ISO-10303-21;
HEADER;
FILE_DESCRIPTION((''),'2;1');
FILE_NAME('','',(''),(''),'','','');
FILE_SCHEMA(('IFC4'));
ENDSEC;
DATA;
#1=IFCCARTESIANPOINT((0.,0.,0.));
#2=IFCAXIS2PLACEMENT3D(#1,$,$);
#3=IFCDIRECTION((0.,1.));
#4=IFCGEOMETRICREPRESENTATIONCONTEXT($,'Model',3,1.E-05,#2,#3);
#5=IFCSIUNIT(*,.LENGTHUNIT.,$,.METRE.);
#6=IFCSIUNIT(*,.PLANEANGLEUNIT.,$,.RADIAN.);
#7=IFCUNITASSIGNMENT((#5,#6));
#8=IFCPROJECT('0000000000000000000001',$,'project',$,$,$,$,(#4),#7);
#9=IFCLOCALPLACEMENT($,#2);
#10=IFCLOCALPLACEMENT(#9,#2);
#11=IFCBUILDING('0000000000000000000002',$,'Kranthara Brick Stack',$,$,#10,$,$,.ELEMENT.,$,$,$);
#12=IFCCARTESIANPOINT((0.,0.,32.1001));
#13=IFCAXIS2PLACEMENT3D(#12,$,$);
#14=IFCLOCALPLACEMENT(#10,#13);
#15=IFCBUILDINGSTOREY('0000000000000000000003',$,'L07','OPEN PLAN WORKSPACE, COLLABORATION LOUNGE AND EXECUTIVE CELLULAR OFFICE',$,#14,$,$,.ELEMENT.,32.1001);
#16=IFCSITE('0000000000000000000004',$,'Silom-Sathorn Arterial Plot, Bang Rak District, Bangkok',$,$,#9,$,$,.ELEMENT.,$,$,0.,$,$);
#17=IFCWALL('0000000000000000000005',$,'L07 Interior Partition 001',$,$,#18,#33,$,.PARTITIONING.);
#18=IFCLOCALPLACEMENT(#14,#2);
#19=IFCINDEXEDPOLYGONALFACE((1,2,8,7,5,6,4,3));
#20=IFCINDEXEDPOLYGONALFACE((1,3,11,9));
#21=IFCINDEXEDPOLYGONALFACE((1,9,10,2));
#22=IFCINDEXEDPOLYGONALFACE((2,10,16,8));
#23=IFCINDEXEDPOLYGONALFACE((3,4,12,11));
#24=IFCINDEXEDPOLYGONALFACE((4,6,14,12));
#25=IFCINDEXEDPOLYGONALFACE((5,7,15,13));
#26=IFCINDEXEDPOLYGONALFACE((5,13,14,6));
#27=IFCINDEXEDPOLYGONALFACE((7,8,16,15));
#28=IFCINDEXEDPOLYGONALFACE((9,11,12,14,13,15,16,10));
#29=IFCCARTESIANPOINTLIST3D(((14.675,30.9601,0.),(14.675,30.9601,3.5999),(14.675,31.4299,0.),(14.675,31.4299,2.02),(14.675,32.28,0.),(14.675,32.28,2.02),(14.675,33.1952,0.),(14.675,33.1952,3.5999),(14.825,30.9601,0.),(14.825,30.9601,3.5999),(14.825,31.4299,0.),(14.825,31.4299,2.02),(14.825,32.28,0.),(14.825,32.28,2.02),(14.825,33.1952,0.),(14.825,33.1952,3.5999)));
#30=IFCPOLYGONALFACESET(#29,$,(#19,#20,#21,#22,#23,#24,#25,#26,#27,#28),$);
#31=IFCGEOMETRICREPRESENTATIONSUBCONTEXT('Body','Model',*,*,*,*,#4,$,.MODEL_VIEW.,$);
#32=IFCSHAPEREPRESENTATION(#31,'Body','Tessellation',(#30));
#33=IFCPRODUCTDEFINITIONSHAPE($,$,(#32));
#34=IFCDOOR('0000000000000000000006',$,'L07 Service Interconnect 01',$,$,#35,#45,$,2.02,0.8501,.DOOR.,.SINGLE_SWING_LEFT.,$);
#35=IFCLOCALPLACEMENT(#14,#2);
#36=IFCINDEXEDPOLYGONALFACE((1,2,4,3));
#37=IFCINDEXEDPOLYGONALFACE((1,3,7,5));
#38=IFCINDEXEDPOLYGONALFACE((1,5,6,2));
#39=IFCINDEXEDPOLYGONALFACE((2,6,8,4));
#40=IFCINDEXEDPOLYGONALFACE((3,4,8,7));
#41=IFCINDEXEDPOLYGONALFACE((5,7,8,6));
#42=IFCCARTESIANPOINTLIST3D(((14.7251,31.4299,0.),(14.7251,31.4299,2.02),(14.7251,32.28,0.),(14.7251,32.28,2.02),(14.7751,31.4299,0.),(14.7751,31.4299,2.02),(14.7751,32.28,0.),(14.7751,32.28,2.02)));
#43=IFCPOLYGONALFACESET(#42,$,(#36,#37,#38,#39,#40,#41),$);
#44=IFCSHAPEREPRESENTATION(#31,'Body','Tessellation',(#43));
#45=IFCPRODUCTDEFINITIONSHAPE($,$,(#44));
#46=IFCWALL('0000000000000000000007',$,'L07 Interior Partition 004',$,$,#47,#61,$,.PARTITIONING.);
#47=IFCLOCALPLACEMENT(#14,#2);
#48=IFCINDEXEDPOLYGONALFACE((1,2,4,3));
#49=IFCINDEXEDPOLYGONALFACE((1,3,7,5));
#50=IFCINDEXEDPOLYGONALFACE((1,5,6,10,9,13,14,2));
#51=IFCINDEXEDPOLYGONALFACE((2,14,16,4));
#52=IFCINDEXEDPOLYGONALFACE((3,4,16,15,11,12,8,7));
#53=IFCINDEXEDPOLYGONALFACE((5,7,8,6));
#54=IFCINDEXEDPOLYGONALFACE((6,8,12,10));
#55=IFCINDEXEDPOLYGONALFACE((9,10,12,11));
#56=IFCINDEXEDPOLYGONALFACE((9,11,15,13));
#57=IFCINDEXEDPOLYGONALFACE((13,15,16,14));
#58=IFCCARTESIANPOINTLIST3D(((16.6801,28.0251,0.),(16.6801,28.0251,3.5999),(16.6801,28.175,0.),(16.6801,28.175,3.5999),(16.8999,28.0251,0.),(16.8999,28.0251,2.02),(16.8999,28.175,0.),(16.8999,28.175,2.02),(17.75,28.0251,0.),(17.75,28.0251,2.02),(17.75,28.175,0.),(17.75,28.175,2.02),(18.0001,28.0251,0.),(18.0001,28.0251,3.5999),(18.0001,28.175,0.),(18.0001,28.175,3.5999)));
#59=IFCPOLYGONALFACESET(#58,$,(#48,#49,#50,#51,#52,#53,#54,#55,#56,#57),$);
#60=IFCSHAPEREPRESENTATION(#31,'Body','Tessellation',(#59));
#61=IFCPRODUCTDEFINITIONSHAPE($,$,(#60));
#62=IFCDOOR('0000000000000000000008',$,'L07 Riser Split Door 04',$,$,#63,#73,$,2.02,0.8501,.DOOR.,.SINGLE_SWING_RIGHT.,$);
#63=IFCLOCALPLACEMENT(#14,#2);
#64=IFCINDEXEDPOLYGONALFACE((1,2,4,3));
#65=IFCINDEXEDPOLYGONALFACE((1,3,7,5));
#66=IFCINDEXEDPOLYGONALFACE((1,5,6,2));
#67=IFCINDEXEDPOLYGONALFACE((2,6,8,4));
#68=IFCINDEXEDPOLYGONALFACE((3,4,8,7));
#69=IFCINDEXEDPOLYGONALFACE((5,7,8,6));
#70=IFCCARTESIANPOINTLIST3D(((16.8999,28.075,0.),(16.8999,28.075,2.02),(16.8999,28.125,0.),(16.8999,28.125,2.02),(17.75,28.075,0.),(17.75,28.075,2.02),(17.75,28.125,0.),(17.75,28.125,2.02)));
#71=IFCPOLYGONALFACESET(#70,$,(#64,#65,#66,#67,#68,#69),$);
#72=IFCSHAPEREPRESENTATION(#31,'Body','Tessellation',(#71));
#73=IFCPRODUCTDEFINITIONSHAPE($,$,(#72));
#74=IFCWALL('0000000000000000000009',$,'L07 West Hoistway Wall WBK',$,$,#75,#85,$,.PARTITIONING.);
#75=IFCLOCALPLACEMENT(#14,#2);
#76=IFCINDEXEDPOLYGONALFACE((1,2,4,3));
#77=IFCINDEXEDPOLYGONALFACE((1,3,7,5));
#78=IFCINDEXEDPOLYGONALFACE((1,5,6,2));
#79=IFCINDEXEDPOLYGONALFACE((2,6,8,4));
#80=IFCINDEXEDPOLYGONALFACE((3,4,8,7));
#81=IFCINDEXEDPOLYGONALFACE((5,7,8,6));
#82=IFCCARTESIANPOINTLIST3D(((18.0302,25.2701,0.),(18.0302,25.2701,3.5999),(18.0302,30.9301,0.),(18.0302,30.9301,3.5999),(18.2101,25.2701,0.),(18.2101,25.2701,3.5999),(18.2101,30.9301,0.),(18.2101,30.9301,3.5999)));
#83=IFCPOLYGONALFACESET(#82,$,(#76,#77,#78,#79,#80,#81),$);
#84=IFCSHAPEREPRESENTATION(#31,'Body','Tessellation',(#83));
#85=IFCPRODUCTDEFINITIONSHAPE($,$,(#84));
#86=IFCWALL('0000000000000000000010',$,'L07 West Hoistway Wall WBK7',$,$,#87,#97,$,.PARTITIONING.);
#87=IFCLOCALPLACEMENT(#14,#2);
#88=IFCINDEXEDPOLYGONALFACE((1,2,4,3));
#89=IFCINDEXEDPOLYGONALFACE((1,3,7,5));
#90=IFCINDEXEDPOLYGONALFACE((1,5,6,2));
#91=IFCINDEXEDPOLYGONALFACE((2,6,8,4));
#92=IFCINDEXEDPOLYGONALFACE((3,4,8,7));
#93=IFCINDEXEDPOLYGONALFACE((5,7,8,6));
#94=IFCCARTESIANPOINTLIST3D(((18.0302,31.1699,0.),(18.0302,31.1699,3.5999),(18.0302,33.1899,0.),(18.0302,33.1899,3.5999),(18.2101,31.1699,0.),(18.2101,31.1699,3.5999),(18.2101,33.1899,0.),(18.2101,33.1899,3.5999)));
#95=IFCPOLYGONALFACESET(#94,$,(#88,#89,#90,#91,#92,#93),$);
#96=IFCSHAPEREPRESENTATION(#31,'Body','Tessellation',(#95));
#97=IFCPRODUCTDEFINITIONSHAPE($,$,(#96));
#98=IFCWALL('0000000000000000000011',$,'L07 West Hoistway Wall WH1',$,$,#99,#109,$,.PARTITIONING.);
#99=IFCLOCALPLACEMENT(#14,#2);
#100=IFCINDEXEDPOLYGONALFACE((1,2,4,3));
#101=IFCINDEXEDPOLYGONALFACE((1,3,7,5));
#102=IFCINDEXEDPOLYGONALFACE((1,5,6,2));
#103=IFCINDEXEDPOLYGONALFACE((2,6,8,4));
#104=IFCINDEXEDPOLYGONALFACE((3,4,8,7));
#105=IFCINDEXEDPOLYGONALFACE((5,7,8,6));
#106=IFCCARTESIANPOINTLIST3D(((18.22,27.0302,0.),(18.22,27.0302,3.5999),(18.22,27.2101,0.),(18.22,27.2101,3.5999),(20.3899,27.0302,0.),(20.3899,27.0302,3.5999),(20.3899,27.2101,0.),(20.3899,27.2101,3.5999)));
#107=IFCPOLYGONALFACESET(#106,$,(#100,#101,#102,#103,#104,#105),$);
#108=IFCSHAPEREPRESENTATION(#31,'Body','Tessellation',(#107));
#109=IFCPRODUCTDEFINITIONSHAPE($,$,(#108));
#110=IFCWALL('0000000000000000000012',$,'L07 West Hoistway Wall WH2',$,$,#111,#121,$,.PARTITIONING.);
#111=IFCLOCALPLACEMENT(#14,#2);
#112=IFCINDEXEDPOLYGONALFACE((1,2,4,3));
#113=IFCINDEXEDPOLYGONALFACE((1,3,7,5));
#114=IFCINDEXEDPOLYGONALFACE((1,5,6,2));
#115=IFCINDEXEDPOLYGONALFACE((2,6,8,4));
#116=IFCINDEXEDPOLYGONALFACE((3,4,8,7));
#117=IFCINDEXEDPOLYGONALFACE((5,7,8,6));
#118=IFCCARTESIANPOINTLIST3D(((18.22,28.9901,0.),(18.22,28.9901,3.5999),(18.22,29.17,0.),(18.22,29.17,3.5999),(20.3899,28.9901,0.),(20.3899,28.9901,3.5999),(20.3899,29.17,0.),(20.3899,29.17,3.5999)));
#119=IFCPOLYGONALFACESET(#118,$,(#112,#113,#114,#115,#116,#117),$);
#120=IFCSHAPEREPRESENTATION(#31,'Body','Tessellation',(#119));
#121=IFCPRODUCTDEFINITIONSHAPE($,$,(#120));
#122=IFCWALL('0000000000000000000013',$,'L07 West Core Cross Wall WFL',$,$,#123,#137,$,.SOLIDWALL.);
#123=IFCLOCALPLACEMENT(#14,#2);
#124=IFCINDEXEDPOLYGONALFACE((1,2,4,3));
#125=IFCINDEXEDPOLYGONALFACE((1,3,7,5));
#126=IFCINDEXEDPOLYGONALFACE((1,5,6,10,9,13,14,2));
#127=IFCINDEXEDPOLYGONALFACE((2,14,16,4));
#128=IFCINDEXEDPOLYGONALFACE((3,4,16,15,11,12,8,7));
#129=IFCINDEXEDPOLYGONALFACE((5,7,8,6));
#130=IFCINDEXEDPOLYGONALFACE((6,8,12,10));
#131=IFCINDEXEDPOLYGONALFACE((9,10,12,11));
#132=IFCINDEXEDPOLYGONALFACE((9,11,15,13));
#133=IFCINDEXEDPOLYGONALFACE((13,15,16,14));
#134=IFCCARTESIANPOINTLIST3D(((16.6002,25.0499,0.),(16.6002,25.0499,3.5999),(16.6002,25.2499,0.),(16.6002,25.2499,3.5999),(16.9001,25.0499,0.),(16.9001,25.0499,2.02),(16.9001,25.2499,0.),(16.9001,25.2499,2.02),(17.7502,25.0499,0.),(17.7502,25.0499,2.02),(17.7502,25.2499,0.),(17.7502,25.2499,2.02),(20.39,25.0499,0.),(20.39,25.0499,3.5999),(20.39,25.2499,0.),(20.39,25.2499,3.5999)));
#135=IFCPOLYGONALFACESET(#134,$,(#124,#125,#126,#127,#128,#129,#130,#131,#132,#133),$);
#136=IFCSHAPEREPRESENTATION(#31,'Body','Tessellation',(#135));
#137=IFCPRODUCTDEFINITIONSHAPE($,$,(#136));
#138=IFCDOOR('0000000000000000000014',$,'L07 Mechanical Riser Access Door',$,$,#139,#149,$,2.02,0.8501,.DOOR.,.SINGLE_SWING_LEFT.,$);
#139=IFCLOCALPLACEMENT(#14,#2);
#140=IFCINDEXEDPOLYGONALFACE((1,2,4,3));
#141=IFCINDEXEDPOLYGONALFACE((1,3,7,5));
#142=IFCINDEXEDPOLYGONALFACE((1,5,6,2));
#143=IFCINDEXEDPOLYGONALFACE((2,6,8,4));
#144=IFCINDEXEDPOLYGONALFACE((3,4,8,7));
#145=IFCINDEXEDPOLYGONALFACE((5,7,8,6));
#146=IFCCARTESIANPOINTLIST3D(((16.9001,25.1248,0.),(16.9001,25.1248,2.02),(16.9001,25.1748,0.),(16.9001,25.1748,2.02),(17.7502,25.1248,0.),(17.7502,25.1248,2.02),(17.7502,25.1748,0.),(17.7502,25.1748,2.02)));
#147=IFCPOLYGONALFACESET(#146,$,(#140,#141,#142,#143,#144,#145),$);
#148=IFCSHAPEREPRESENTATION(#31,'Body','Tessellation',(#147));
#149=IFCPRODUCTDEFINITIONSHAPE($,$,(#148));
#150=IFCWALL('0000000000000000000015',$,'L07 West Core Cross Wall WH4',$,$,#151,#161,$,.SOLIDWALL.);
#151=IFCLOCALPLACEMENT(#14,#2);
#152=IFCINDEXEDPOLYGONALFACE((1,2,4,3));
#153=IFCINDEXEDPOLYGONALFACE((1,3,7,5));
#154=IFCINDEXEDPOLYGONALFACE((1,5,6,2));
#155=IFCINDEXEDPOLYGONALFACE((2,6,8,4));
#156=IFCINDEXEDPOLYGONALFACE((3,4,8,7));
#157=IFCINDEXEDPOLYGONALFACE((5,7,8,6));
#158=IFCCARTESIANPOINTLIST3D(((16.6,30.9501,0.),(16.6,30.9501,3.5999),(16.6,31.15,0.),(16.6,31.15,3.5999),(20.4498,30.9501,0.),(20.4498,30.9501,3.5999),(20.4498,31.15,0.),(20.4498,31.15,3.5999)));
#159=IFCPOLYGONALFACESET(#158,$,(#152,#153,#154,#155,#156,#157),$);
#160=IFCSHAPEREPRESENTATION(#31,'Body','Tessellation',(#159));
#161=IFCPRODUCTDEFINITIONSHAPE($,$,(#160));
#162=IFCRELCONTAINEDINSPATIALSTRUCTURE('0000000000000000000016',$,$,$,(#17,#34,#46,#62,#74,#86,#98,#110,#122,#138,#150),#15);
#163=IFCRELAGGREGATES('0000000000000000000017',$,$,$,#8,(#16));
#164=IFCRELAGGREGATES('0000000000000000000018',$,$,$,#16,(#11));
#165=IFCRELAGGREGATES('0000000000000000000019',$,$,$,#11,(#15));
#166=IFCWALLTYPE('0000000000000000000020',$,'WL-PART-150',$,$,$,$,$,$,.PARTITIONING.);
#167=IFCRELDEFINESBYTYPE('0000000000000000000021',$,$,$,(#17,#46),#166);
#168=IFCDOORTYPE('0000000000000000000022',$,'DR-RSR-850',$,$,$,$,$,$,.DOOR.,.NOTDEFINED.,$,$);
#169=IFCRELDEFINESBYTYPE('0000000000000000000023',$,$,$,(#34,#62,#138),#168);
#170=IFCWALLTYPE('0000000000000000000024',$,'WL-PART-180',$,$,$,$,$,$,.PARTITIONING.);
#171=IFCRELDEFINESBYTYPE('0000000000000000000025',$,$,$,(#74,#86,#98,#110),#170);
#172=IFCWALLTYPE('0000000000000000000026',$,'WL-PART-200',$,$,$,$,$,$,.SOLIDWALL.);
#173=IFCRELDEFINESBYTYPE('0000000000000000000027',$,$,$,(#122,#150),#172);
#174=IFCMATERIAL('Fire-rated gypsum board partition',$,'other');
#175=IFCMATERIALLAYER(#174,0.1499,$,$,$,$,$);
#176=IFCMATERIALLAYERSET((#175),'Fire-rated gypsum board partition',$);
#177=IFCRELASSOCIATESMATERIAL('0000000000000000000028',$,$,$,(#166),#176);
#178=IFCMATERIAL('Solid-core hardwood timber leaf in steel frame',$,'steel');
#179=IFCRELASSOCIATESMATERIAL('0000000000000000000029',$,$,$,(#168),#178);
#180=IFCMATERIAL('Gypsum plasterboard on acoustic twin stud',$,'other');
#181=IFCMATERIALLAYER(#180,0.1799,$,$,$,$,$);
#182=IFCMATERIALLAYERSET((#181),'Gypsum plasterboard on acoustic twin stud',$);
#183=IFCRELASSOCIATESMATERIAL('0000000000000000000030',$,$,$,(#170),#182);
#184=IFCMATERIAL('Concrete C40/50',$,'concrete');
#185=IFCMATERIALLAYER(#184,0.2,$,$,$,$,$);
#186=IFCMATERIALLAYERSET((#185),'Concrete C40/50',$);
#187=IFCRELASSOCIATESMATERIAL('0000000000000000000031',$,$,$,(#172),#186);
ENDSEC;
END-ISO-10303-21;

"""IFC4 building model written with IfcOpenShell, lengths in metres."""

from ifc_helpers import new_model, si_unit, direction, frame, frame_2d, origin, place, context, subcontext, project, spatial, rectangle, extrude, material, layer, layer_set, type_object, element, fill, save


model = new_model("IFC4")

# Units and contexts
model_context = context("Model", 3, precision=1e-05, world=origin(), true_north=direction((0.0, 1.0)))
body_context = subcontext(model_context, "Body", "Model", "MODEL_VIEW")
ifc_project = project(units=[si_unit("LENGTHUNIT", "METRE"), si_unit("PLANEANGLEUNIT", "RADIAN")], contexts=[model_context])

# Site, building, storey
site_placement = place(None, origin())
site = spatial("IfcSite", under=ifc_project, at=site_placement, Name="Silom-Sathorn Arterial Plot, Bang Rak District, Bangkok", CompositionType="ELEMENT", RefElevation=0.0)
building_placement = place(site_placement, origin())
building = spatial("IfcBuilding", under=site, at=building_placement, Name="Kranthara Brick Stack", CompositionType="ELEMENT")
storey_placement = place(building_placement, frame((0.0, 0.0, 32.1001)))
storey = spatial("IfcBuildingStorey", under=building, at=storey_placement, Name="L07", Description="OPEN PLAN WORKSPACE, COLLABORATION LOUNGE AND EXECUTIVE CELLULAR OFFICE", CompositionType="ELEMENT", Elevation=32.1001)

# Walls, openings, doors
ifc_material_1 = material(Name="Fire-rated gypsum board partition", Category="other")
ifc_layer_1 = layer(ifc_material_1, 0.1499)
ifc_layer_set_1 = layer_set([ifc_layer_1], Name="Fire-rated gypsum board partition")
wall_type_1 = type_object("IfcWallType", Name="WL-PART-150", PredefinedType="PARTITIONING", material=ifc_layer_set_1)
wall_1_placement = place(storey_placement, frame((14.75, 30.96, 0.0), z_axis=(0.0, 0.0, 1.0), x_axis=(0.0, 1.0, 0.0)))
wall_1 = element("IfcWall", 1, at=wall_1_placement, inside=storey, type_object=wall_type_1, Name="L07 Interior Partition 001", PredefinedType="PARTITIONING", context=body_context, shape_type="SweptSolid", body=[
    extrude(rectangle(XDim=2.2351, YDim=0.1499, at=frame_2d((1.1177, 0.0))), origin(), (0.0, 0.0, 1.0), 3.5999),
])
opening_1_placement = place(wall_1_placement, frame((0.47, 0.0, 0.0)))
opening_1 = element("IfcOpeningElement", 2, at=opening_1_placement, cuts=wall_1, PredefinedType="OPENING", context=body_context, shape_type="SweptSolid", body=[
    extrude(rectangle(XDim=0.8501, YDim=2.02, at=frame_2d((0.425, 1.01))), frame((0.0, 0.085, 0.0), z_axis=(0.0, -1.0, 0.0), x_axis=(1.0, 0.0, 0.0)), (0.0, 0.0, 1.0), 0.1699),
])
ifc_material_2 = material(Name="Solid-core hardwood timber leaf in steel frame", Category="steel")
door_type_1 = type_object("IfcDoorType", Name="DR-RSR-850", OperationType="NOTDEFINED", PredefinedType="DOOR", material=ifc_material_2)
door_1_placement = place(opening_1_placement, origin())
door_1 = element("IfcDoor", 3, at=door_1_placement, inside=storey, type_object=door_type_1, Name="L07 Service Interconnect 01", OperationType="SINGLE_SWING_LEFT", OverallHeight=2.02, OverallWidth=0.8501, PredefinedType="DOOR", context=body_context, shape_type="SweptSolid", body=[
    extrude(rectangle(XDim=0.8501, YDim=2.02, at=frame_2d((0.425, 1.01))), frame((0.0, 0.0249, 0.0), z_axis=(0.0, -1.0, 0.0), x_axis=(1.0, 0.0, 0.0)), (0.0, 0.0, 1.0), 0.05),
])
fill(opening_1, door_1)
wall_2_placement = place(storey_placement, frame((16.6799, 28.1001, 0.0), z_axis=(0.0, 0.0, 1.0), x_axis=(1.0, 0.0, 0.0)))
wall_2 = element("IfcWall", 4, at=wall_2_placement, inside=storey, type_object=wall_type_1, Name="L07 Interior Partition 004", PredefinedType="PARTITIONING", context=body_context, shape_type="SweptSolid", body=[
    extrude(rectangle(XDim=1.3201, YDim=0.1499, at=frame_2d((0.6602, 0.0))), origin(), (0.0, 0.0, 1.0), 3.5999),
])
opening_2_placement = place(wall_2_placement, frame((0.22, 0.0, 0.0)))
opening_2 = element("IfcOpeningElement", 5, at=opening_2_placement, cuts=wall_2, PredefinedType="OPENING", context=body_context, shape_type="SweptSolid", body=[
    extrude(rectangle(XDim=0.8501, YDim=2.02, at=frame_2d((0.425, 1.01))), frame((0.0, 0.085, 0.0), z_axis=(0.0, -1.0, 0.0), x_axis=(1.0, 0.0, 0.0)), (0.0, 0.0, 1.0), 0.1699),
])
door_2_placement = place(opening_2_placement, origin())
door_2 = element("IfcDoor", 6, at=door_2_placement, inside=storey, type_object=door_type_1, Name="L07 Riser Split Door 04", OperationType="SINGLE_SWING_RIGHT", OverallHeight=2.02, OverallWidth=0.8501, PredefinedType="DOOR", context=body_context, shape_type="SweptSolid", body=[
    extrude(rectangle(XDim=0.8501, YDim=2.02, at=frame_2d((0.425, 1.01))), frame((0.0, 0.0249, 0.0), z_axis=(0.0, -1.0, 0.0), x_axis=(1.0, 0.0, 0.0)), (0.0, 0.0, 1.0), 0.05),
])
fill(opening_2, door_2)

# Walls
ifc_material_3 = material(Name="Gypsum plasterboard on acoustic twin stud", Category="other")
ifc_layer_2 = layer(ifc_material_3, 0.1799)
ifc_layer_set_2 = layer_set([ifc_layer_2], Name="Gypsum plasterboard on acoustic twin stud")
wall_type_2 = type_object("IfcWallType", Name="WL-PART-180", PredefinedType="PARTITIONING", material=ifc_layer_set_2)
wall_3_placement = place(storey_placement, frame((18.1201, 25.27, 0.0), z_axis=(0.0, 0.0, 1.0), x_axis=(0.0, 1.0, 0.0)))
element("IfcWall", 7, at=wall_3_placement, inside=storey, type_object=wall_type_2, Name="L07 West Hoistway Wall WBK", PredefinedType="PARTITIONING", context=body_context, shape_type="SweptSolid", body=[
    extrude(rectangle(XDim=5.6599, YDim=0.1799, at=frame_2d((2.8301, 0.0))), origin(), (0.0, 0.0, 1.0), 3.5999),
])
wall_4_placement = place(storey_placement, frame((18.1201, 31.1699, 0.0), z_axis=(0.0, 0.0, 1.0), x_axis=(0.0, 1.0, 0.0)))
element("IfcWall", 8, at=wall_4_placement, inside=storey, type_object=wall_type_2, Name="L07 West Hoistway Wall WBK7", PredefinedType="PARTITIONING", context=body_context, shape_type="SweptSolid", body=[
    extrude(rectangle(XDim=2.02, YDim=0.1799, at=frame_2d((1.01, 0.0))), origin(), (0.0, 0.0, 1.0), 3.5999),
])
for number, where, z_axis, x_axis, name in (
    (9, (18.22, 27.1201, 0.0), (0.0, 0.0, 1.0), (1.0, 0.0, 0.0), "L07 West Hoistway Wall WH1"),
    (10, (18.22, 29.0801, 0.0), (0.0, 0.0, 1.0), (1.0, 0.0, 0.0), "L07 West Hoistway Wall WH2"),
):
    element("IfcWall", number, at=place(storey_placement, frame(where, z_axis=z_axis, x_axis=x_axis)), inside=storey, type_object=wall_type_2, Name=name, PredefinedType="PARTITIONING", context=body_context, shape_type="SweptSolid", body=[
        extrude(rectangle(XDim=2.1699, YDim=0.1799, at=frame_2d((1.085, 0.0))), origin(), (0.0, 0.0, 1.0), 3.5999),
    ])

# Wall, opening, door
ifc_material_4 = material(Name="Concrete C40/50", Category="concrete")
ifc_layer_3 = layer(ifc_material_4, 0.2)
ifc_layer_set_3 = layer_set([ifc_layer_3], Name="Concrete C40/50")
wall_type_3 = type_object("IfcWallType", Name="WL-PART-200", PredefinedType="SOLIDWALL", material=ifc_layer_set_3)
wall_5_placement = place(storey_placement, frame((16.6001, 25.1499, 0.0), z_axis=(0.0, 0.0, 1.0), x_axis=(1.0, 0.0, 0.0)))
wall_5 = element("IfcWall", 11, at=wall_5_placement, inside=storey, type_object=wall_type_3, Name="L07 West Core Cross Wall WFL", PredefinedType="SOLIDWALL", context=body_context, shape_type="SweptSolid", body=[
    extrude(rectangle(XDim=3.7898, YDim=0.2, at=frame_2d((1.895, 0.0))), origin(), (0.0, 0.0, 1.0), 3.5999),
])
opening_3_placement = place(wall_5_placement, frame((0.3, 0.0, 0.0)))
opening_3 = element("IfcOpeningElement", 12, at=opening_3_placement, cuts=wall_5, PredefinedType="OPENING", context=body_context, shape_type="SweptSolid", body=[
    extrude(rectangle(XDim=0.8501, YDim=2.02, at=frame_2d((0.425, 1.01))), frame((0.0, 0.1099, 0.0), z_axis=(0.0, -1.0, 0.0), x_axis=(1.0, 0.0, 0.0)), (0.0, 0.0, 1.0), 0.22),
])
door_3_placement = place(opening_3_placement, origin())
door_3 = element("IfcDoor", 13, at=door_3_placement, inside=storey, type_object=door_type_1, Name="L07 Mechanical Riser Access Door", OperationType="SINGLE_SWING_LEFT", OverallHeight=2.02, OverallWidth=0.8501, PredefinedType="DOOR", context=body_context, shape_type="SweptSolid", body=[
    extrude(rectangle(XDim=0.8501, YDim=2.02, at=frame_2d((0.425, 1.01))), frame((0.0, 0.0249, 0.0), z_axis=(0.0, -1.0, 0.0), x_axis=(1.0, 0.0, 0.0)), (0.0, 0.0, 1.0), 0.05),
])
fill(opening_3, door_3)

# Wall
wall_6_placement = place(storey_placement, frame((16.6001, 31.05, 0.0), z_axis=(0.0, 0.0, 1.0), x_axis=(1.0, 0.0, 0.0)))
element("IfcWall", 14, at=wall_6_placement, inside=storey, type_object=wall_type_3, Name="L07 West Core Cross Wall WH4", PredefinedType="SOLIDWALL", context=body_context, shape_type="SweptSolid", body=[
    extrude(rectangle(XDim=3.8499, YDim=0.2, at=frame_2d((1.9248, 0.0))), origin(), (0.0, 0.0, 1.0), 3.5999),
])

save(model, "model.ifc")
